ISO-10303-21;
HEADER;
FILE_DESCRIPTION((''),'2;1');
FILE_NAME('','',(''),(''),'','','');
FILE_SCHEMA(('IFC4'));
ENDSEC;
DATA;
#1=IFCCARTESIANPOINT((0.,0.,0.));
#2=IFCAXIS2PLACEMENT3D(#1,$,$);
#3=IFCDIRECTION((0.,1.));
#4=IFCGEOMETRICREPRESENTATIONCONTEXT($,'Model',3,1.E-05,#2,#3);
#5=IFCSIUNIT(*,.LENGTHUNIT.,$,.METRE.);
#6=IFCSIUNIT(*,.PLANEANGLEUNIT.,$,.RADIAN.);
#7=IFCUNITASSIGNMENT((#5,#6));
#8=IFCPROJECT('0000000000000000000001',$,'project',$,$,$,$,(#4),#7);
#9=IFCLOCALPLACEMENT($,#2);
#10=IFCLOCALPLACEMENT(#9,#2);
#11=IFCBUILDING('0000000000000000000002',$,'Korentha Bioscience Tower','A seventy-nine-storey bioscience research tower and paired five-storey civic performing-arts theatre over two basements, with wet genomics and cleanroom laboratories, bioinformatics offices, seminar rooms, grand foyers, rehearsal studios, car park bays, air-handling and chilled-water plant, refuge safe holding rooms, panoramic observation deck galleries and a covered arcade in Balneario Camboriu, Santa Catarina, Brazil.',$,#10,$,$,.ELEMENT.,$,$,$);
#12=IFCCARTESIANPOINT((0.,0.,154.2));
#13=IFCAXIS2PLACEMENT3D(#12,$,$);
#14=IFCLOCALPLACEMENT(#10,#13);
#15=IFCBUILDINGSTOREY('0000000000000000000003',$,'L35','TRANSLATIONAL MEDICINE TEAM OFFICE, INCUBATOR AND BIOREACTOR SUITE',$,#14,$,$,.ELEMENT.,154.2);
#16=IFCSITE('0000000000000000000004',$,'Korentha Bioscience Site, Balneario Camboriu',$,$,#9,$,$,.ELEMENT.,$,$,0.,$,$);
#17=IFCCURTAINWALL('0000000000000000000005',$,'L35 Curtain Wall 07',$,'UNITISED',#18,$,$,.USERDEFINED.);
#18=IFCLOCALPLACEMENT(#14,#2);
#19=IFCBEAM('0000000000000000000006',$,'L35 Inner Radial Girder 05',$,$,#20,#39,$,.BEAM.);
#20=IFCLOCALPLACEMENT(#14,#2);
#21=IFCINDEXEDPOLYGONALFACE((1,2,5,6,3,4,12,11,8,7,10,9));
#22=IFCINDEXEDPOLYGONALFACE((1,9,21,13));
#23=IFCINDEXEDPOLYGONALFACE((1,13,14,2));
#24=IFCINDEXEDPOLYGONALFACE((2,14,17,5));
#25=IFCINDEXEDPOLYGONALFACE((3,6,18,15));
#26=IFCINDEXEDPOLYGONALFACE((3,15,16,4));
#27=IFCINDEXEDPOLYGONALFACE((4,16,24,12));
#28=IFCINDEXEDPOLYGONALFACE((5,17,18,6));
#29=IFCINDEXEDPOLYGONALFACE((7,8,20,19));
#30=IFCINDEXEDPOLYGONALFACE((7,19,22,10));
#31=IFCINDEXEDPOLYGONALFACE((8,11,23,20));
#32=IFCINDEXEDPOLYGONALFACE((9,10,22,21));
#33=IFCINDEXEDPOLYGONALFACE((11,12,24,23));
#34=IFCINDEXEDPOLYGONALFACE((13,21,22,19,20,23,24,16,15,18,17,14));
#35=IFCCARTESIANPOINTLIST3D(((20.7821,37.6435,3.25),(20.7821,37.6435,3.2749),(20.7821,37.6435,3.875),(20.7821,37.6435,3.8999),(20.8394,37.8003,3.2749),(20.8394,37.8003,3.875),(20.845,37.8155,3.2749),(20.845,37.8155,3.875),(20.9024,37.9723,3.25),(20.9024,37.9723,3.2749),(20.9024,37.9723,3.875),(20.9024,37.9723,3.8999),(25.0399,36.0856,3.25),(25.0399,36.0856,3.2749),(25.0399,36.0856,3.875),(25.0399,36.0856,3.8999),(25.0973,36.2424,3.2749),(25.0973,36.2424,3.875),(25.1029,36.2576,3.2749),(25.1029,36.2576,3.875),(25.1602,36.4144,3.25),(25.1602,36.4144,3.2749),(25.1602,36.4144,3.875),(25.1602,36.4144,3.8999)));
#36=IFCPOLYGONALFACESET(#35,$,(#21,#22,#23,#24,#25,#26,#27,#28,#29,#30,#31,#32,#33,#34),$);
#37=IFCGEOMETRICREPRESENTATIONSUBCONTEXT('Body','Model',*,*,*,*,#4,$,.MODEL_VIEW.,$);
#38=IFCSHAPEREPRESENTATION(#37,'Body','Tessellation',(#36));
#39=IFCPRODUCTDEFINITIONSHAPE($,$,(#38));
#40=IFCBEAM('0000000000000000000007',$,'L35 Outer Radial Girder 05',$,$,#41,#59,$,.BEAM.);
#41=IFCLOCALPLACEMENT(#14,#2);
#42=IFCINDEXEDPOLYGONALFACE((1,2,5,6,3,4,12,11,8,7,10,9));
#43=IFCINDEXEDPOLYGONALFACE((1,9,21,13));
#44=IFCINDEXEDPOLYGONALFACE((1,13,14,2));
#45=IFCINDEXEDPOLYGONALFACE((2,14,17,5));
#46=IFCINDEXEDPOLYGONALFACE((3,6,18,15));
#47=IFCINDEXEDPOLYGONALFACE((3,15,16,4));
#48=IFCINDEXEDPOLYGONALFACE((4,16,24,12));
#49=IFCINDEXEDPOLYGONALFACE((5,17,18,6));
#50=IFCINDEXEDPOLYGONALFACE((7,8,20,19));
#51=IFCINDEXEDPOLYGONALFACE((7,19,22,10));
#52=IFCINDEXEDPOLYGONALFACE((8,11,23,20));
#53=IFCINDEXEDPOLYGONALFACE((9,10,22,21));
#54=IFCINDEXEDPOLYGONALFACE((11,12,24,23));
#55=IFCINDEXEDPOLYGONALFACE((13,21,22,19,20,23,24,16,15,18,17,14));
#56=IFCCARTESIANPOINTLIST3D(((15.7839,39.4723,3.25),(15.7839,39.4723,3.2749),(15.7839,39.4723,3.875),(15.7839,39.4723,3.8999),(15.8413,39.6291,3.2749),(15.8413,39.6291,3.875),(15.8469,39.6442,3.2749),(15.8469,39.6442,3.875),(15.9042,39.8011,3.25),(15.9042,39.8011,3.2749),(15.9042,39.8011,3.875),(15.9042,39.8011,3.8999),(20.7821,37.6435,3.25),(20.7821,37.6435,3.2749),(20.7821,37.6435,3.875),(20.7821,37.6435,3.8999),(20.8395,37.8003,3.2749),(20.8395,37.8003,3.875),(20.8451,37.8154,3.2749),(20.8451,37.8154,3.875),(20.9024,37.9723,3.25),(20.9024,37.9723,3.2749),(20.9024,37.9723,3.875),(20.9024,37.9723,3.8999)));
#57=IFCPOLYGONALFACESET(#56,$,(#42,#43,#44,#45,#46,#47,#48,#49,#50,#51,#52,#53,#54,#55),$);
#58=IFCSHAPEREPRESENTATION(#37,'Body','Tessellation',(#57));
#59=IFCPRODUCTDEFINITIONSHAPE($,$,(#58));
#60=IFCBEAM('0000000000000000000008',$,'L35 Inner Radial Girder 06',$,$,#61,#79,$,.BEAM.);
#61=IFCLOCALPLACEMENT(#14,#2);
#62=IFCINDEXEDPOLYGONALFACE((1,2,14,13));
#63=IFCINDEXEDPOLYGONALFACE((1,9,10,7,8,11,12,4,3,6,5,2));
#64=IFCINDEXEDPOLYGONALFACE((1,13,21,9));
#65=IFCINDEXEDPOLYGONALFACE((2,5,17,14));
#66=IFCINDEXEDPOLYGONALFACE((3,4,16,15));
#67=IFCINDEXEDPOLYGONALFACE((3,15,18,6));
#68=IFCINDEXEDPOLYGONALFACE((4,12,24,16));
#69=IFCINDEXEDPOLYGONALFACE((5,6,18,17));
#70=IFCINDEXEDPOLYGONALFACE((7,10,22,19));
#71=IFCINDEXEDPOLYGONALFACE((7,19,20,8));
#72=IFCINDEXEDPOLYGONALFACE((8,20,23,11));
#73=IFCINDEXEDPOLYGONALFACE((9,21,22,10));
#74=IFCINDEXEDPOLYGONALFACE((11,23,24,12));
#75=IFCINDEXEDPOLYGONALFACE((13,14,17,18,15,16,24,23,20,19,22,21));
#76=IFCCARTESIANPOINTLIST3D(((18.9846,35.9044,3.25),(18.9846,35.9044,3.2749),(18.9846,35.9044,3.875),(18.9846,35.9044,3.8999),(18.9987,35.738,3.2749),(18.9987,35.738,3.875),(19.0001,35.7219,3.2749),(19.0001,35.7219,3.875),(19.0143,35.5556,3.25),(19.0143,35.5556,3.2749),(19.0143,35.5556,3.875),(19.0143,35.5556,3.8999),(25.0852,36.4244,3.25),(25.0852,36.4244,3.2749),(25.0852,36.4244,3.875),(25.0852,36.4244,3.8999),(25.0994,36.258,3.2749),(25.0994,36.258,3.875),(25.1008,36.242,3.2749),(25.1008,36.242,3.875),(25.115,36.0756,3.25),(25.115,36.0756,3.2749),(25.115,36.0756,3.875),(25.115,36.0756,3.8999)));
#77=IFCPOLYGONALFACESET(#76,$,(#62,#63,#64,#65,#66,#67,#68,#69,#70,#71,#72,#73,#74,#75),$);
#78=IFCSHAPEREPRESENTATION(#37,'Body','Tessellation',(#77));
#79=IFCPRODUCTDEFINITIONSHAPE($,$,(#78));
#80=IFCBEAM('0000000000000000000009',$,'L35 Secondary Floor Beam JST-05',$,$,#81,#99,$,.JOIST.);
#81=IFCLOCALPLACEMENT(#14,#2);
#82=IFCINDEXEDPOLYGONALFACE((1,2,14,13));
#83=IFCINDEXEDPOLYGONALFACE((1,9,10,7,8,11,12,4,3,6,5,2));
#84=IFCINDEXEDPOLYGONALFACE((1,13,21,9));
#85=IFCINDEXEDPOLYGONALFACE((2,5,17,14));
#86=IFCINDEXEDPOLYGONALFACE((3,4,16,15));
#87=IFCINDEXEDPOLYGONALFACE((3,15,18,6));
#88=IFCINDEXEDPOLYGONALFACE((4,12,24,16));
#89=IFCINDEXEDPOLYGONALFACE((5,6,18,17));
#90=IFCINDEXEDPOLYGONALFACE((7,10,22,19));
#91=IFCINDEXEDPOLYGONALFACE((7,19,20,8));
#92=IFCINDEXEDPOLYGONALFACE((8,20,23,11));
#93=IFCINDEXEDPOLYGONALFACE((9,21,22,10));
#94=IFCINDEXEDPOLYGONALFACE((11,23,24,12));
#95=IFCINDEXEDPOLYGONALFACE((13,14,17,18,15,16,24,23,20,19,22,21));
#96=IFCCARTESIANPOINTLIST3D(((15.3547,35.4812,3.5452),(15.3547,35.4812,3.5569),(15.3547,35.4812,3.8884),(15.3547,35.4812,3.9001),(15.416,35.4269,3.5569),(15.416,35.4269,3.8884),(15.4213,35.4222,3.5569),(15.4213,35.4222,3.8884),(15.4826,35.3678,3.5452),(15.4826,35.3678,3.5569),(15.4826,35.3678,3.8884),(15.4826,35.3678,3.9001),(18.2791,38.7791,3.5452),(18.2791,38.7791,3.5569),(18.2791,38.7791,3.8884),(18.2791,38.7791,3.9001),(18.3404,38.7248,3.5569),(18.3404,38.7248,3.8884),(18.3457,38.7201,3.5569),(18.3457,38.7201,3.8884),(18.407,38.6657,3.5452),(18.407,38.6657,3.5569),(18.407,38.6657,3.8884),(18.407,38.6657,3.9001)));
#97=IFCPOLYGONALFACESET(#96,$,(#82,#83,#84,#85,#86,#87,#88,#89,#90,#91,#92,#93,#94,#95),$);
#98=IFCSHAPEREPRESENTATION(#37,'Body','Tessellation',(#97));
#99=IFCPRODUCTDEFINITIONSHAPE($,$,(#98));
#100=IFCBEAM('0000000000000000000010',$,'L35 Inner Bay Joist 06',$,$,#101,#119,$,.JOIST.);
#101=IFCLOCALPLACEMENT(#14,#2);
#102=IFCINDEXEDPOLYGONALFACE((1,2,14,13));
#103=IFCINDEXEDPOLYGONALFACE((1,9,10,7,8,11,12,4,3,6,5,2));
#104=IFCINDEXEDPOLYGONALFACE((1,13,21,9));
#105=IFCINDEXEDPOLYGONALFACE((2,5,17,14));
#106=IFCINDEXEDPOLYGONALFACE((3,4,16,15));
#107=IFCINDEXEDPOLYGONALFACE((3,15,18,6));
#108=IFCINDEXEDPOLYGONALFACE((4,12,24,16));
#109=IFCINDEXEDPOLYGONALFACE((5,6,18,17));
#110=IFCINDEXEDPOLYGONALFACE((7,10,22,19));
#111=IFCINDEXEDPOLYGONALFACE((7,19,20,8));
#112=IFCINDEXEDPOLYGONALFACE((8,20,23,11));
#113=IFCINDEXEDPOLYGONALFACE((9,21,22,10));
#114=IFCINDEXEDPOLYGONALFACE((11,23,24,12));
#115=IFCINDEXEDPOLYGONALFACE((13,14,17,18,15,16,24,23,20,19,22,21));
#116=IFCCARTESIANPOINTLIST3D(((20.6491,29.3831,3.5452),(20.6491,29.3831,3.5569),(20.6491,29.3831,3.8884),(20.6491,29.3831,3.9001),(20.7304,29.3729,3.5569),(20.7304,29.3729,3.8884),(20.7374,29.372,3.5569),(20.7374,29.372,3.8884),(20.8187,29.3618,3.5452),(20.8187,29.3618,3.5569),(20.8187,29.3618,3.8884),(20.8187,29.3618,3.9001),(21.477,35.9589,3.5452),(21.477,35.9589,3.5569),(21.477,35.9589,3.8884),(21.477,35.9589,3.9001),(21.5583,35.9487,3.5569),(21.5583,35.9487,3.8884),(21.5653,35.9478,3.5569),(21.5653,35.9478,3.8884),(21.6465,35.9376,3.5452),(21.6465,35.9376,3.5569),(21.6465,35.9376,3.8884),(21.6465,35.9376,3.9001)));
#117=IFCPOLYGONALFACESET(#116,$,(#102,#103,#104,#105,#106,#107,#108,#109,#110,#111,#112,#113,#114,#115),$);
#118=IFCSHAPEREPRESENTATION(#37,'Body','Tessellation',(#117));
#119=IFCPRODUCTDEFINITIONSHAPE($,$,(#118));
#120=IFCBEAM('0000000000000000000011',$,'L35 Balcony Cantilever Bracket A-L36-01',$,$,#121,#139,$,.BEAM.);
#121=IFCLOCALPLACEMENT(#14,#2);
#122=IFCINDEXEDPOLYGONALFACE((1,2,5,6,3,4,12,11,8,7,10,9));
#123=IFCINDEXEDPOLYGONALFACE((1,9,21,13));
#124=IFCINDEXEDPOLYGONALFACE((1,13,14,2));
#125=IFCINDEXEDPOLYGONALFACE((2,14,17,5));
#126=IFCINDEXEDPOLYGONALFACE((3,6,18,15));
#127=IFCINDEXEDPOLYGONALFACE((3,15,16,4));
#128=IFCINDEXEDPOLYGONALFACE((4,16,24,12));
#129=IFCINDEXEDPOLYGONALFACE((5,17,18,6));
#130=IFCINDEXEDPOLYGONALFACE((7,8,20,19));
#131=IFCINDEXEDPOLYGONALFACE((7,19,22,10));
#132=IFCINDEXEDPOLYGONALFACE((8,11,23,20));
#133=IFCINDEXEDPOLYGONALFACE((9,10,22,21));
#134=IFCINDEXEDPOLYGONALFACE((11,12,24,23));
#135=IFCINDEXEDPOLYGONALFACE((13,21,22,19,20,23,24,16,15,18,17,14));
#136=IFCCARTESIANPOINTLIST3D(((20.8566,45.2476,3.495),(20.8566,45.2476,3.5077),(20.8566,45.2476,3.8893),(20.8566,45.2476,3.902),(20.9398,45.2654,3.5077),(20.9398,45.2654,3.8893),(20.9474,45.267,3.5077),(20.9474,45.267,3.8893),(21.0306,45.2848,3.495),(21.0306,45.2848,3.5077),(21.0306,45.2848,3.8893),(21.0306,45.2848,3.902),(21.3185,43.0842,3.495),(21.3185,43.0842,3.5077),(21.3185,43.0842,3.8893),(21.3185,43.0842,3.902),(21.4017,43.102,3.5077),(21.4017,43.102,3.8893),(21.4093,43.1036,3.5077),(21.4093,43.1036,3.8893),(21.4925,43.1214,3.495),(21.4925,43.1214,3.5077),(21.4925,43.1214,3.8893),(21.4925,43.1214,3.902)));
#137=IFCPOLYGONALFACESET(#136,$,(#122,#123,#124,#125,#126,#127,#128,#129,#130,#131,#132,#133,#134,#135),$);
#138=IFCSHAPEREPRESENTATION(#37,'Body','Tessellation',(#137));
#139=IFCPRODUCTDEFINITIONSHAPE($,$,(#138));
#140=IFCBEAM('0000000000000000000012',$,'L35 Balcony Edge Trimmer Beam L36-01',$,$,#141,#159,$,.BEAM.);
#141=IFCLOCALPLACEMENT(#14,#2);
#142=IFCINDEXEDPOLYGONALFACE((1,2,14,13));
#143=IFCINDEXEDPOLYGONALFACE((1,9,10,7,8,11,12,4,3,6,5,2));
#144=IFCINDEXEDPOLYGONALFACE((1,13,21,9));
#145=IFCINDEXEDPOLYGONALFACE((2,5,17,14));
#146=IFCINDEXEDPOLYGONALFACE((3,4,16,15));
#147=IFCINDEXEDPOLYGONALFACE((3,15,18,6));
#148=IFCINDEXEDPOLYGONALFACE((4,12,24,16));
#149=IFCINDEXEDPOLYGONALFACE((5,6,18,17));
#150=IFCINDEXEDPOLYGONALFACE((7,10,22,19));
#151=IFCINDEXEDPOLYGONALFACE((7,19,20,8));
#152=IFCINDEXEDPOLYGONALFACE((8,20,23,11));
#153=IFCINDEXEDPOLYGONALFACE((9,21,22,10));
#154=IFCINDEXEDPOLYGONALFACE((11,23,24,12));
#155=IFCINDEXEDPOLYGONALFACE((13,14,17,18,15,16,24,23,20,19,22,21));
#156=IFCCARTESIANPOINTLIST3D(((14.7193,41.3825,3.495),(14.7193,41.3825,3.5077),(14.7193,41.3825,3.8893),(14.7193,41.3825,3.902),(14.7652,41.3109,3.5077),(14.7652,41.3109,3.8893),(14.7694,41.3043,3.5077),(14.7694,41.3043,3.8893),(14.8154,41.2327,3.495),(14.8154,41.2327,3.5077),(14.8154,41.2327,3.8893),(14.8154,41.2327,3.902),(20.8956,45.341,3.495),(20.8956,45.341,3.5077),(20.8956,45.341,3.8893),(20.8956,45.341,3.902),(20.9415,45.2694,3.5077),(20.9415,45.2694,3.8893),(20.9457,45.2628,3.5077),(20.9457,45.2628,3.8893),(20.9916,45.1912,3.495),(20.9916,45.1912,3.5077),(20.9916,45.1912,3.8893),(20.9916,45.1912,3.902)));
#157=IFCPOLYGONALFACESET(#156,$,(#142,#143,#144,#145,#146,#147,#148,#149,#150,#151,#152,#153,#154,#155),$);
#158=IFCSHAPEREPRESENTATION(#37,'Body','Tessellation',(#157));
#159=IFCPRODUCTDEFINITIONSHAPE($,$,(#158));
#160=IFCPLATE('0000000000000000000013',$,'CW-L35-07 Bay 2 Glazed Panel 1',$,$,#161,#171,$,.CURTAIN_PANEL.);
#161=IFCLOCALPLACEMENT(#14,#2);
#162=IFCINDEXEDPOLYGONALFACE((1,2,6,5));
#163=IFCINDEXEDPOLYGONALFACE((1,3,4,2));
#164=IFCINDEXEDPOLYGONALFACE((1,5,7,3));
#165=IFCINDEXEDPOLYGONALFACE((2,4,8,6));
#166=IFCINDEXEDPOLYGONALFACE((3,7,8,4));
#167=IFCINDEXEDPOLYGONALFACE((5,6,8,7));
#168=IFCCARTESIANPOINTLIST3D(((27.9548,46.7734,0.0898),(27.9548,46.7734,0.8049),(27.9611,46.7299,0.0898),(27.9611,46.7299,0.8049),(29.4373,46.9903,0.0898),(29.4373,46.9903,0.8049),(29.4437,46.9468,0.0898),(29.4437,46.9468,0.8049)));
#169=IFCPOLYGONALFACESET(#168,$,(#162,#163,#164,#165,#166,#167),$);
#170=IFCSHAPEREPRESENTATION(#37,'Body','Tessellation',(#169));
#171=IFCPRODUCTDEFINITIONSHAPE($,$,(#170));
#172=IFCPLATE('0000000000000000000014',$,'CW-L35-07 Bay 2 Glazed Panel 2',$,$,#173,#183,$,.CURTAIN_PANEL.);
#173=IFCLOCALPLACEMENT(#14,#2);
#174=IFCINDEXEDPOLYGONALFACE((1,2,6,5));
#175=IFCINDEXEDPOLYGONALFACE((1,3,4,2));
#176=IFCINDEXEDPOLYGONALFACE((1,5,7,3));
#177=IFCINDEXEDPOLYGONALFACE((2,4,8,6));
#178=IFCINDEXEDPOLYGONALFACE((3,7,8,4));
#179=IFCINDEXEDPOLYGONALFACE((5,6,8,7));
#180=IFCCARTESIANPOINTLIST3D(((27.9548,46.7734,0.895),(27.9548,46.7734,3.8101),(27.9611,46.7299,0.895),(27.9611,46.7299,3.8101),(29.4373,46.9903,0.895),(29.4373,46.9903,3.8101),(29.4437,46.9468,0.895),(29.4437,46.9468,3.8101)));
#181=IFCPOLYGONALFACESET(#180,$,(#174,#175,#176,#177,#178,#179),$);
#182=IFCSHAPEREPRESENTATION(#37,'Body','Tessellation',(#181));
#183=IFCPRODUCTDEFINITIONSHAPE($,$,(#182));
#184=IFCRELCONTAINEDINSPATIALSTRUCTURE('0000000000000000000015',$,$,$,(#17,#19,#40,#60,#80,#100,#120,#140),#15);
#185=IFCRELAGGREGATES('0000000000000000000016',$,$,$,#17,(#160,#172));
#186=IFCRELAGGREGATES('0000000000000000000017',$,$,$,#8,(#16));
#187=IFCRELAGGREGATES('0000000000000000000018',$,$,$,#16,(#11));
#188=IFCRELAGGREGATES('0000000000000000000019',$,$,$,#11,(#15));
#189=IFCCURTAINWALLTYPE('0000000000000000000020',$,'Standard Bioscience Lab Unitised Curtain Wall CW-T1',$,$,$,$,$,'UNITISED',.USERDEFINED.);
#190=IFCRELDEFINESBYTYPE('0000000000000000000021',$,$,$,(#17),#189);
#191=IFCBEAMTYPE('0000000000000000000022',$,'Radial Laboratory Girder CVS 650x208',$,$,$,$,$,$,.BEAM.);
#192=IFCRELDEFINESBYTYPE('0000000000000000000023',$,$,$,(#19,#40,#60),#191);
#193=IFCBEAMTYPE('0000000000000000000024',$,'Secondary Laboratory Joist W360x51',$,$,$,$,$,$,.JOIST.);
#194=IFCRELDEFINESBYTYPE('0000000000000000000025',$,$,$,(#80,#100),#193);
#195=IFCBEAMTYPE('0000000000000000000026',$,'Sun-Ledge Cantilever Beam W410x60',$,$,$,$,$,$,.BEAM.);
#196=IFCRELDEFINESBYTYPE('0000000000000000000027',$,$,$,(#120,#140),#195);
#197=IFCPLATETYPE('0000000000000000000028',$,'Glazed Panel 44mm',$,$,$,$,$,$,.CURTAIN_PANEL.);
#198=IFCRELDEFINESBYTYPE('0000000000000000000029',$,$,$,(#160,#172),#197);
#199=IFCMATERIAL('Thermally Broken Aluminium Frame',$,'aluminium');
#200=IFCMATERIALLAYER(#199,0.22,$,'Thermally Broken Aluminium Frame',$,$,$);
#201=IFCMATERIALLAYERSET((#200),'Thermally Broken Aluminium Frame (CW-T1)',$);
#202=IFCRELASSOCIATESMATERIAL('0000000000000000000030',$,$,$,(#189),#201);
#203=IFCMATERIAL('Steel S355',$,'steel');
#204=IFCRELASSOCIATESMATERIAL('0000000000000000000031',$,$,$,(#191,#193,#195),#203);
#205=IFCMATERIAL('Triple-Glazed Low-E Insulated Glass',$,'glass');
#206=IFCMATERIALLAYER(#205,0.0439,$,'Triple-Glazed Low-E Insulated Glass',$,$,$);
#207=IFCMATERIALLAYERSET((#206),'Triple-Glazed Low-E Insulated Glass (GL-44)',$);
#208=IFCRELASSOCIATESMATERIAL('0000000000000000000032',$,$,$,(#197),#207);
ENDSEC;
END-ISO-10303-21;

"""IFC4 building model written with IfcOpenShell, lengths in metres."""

from ifc_helpers import new_model, si_unit, direction, frame, origin, origin_2d, place, context, subcontext, project, spatial, rectangle, i_section, extrude, material, layer, layer_set, material_profile, profile_set, type_object, element, aggregate, save


model = new_model("IFC4")

# Units and contexts
model_context = context("Model", 3, precision=1e-05, world=origin(), true_north=direction((0.0, 1.0)))
body_context = subcontext(model_context, "Body", "Model", "MODEL_VIEW")
ifc_project = project(units=[si_unit("LENGTHUNIT", "METRE"), si_unit("PLANEANGLEUNIT", "RADIAN")], contexts=[model_context])

# Site, building, storey
site_placement = place(None, origin())
site = spatial("IfcSite", under=ifc_project, at=site_placement, Name="Korentha Bioscience Site, Balneario Camboriu", CompositionType="ELEMENT", RefElevation=0.0)
building_placement = place(site_placement, origin())
building = spatial("IfcBuilding", under=site, at=building_placement, Name="Korentha Bioscience Tower", Description="A seventy-nine-storey bioscience research tower and paired five-storey civic performing-arts theatre over two basements, with wet genomics and cleanroom laboratories, bioinformatics offices, seminar rooms, grand foyers, rehearsal studios, car park bays, air-handling and chilled-water plant, refuge safe holding rooms, panoramic observation deck galleries and a covered arcade in Balneario Camboriu, Santa Catarina, Brazil.", CompositionType="ELEMENT")
storey_placement = place(building_placement, frame((0.0, 0.0, 154.2)))
storey = spatial("IfcBuildingStorey", under=building, at=storey_placement, Name="L35", Description="TRANSLATIONAL MEDICINE TEAM OFFICE, INCUBATOR AND BIOREACTOR SUITE", CompositionType="ELEMENT", Elevation=154.2)

# Shared definitions
ifc_material_1 = material(Name="Steel S355", Category="steel")

# Curtain wall
ifc_material_2 = material(Name="Thermally Broken Aluminium Frame", Category="aluminium")
ifc_layer_1 = layer(ifc_material_2, 0.22, Name="Thermally Broken Aluminium Frame")
ifc_layer_set_1 = layer_set([ifc_layer_1], Name="Thermally Broken Aluminium Frame (CW-T1)")
curtain_wall_type = type_object("IfcCurtainWallType", Name="Standard Bioscience Lab Unitised Curtain Wall CW-T1", ElementType="UNITISED", PredefinedType="USERDEFINED", material=ifc_layer_set_1)
curtain_wall_placement = place(storey_placement, origin())
curtain_wall = element("IfcCurtainWall", 1, at=curtain_wall_placement, inside=storey, type_object=curtain_wall_type, Name="L35 Curtain Wall 07", ObjectType="UNITISED", PredefinedType="USERDEFINED")

# Beams
ifc_material_profile_1 = material_profile(ifc_material_1, i_section(OverallWidth=0.3501, OverallDepth=0.6499, WebThickness=0.0161, FlangeThickness=0.0249, at=origin_2d()), Name="Steel S355")
ifc_profile_set_1 = profile_set([ifc_material_profile_1], Name="Steel S355 (RB-650)")
beam_type_1 = type_object("IfcBeamType", Name="Radial Laboratory Girder CVS 650x208", PredefinedType="BEAM", material=ifc_profile_set_1)
beam_1_placement = place(storey_placement, frame((25.1001, 36.25, 3.575), z_axis=(-0.939114, 0.343606, 0.0), x_axis=(-0.343606, -0.939114, 0.0)))
element("IfcBeam", 2, at=beam_1_placement, inside=storey, type_object=beam_type_1, Name="L35 Inner Radial Girder 05", PredefinedType="BEAM", context=body_context, shape_type="SweptSolid", body=[
    extrude(i_section(OverallWidth=0.3501, OverallDepth=0.6499, WebThickness=0.0161, FlangeThickness=0.0249, at=origin_2d()), origin(), (0.0, 0.0, 1.0), 4.5339),
])
beam_2_placement = place(storey_placement, frame((20.8423, 37.8079, 3.575), z_axis=(-0.93911, 0.343617, 0.0), x_axis=(-0.343617, -0.93911, 0.0)))
element("IfcBeam", 3, at=beam_2_placement, inside=storey, type_object=beam_type_1, Name="L35 Outer Radial Girder 05", PredefinedType="BEAM", context=body_context, shape_type="SweptSolid", body=[
    extrude(i_section(OverallWidth=0.3501, OverallDepth=0.6499, WebThickness=0.0161, FlangeThickness=0.0249, at=origin_2d()), origin(), (0.0, 0.0, 1.0), 5.3223),
])
beam_3_placement = place(storey_placement, frame((25.1001, 36.25, 3.575), z_axis=(-0.996387, -0.084933, 0.0), x_axis=(0.084933, -0.996387, 0.0)))
element("IfcBeam", 4, at=beam_3_placement, inside=storey, type_object=beam_type_1, Name="L35 Inner Radial Girder 06", PredefinedType="BEAM", context=body_context, shape_type="SweptSolid", body=[
    extrude(i_section(OverallWidth=0.3501, OverallDepth=0.6499, WebThickness=0.0161, FlangeThickness=0.0249, at=origin_2d()), origin(), (0.0, 0.0, 1.0), 6.1228),
])
ifc_material_profile_2 = material_profile(ifc_material_1, i_section(OverallWidth=0.1709, OverallDepth=0.355, WebThickness=0.0071, FlangeThickness=0.0117, at=origin_2d()), Name="Steel S355")
ifc_profile_set_2 = profile_set([ifc_material_profile_2], Name="Steel S355 (JB-360)")
beam_type_2 = type_object("IfcBeamType", Name="Secondary Laboratory Joist W360x51", PredefinedType="JOIST", material=ifc_profile_set_2)
beam_4_placement = place(storey_placement, frame((18.343, 38.7224, 3.7227), z_axis=(-0.663463, -0.748209, 0.0), x_axis=(0.748209, -0.663463, 0.0)))
element("IfcBeam", 5, at=beam_4_placement, inside=storey, type_object=beam_type_2, Name="L35 Secondary Floor Beam JST-05", PredefinedType="JOIST", context=body_context, shape_type="SweptSolid", body=[
    extrude(i_section(OverallWidth=0.1709, OverallDepth=0.355, WebThickness=0.0071, FlangeThickness=0.0117, at=origin_2d()), origin(), (0.0, 0.0, 1.0), 4.4077),
])
beam_5_placement = place(storey_placement, frame((21.5618, 35.9482, 3.7227), z_axis=(-0.124914, -0.992168, 0.0), x_axis=(0.992168, -0.124914, 0.0)))
element("IfcBeam", 6, at=beam_5_placement, inside=storey, type_object=beam_type_2, Name="L35 Inner Bay Joist 06", PredefinedType="JOIST", context=body_context, shape_type="SweptSolid", body=[
    extrude(i_section(OverallWidth=0.1709, OverallDepth=0.355, WebThickness=0.0071, FlangeThickness=0.0117, at=origin_2d()), origin(), (0.0, 0.0, 1.0), 6.6277),
])
ifc_material_profile_3 = material_profile(ifc_material_1, i_section(OverallWidth=0.178, OverallDepth=0.407, WebThickness=0.0078, FlangeThickness=0.0127, at=origin_2d()), Name="Steel S355")
ifc_profile_set_3 = profile_set([ifc_material_profile_3], Name="Steel S355 (CB-410)")
beam_type_3 = type_object("IfcBeamType", Name="Sun-Ledge Cantilever Beam W410x60", PredefinedType="BEAM", material=ifc_profile_set_3)
beam_6_placement = place(storey_placement, frame((21.4055, 43.1028, 3.6985), z_axis=(-0.208813, 0.977956, 0.0), x_axis=(-0.977956, -0.208813, 0.0)))
element("IfcBeam", 7, at=beam_6_placement, inside=storey, type_object=beam_type_3, Name="L35 Balcony Cantilever Bracket A-L36-01", PredefinedType="BEAM", context=body_context, shape_type="SweptSolid", body=[
    extrude(i_section(OverallWidth=0.178, OverallDepth=0.407, WebThickness=0.0078, FlangeThickness=0.0127, at=origin_2d()), origin(), (0.0, 0.0, 1.0), 2.2122),
])
beam_7_placement = place(storey_placement, frame((20.9436, 45.2661, 3.6985), z_axis=(-0.841919, -0.539603, 0.0), x_axis=(0.539603, -0.841919, 0.0)))
element("IfcBeam", 8, at=beam_7_placement, inside=storey, type_object=beam_type_3, Name="L35 Balcony Edge Trimmer Beam L36-01", PredefinedType="BEAM", context=body_context, shape_type="SweptSolid", body=[
    extrude(i_section(OverallWidth=0.178, OverallDepth=0.407, WebThickness=0.0078, FlangeThickness=0.0127, at=origin_2d()), origin(), (0.0, 0.0, 1.0), 7.3359),
])

# Plates
ifc_material_3 = material(Name="Triple-Glazed Low-E Insulated Glass", Category="glass")
ifc_layer_2 = layer(ifc_material_3, 0.0439, Name="Triple-Glazed Low-E Insulated Glass")
ifc_layer_set_2 = layer_set([ifc_layer_2], Name="Triple-Glazed Low-E Insulated Glass (GL-44)")
plate_type = type_object("IfcPlateType", Name="Glazed Panel 44mm", PredefinedType="CURTAIN_PANEL", material=ifc_layer_set_2)
plate_1_placement = place(storey_placement, frame((28.6992, 46.8601, 0.0898), z_axis=(0.0, 0.0, 1.0), x_axis=(-0.989462, -0.144793, 0.0)))
plate_1 = element("IfcPlate", 9, at=plate_1_placement, type_object=plate_type, Name="CW-L35-07 Bay 2 Glazed Panel 1", PredefinedType="CURTAIN_PANEL", context=body_context, shape_type="SweptSolid", body=[
    extrude(rectangle(XDim=1.4983, YDim=0.0439, at=origin_2d()), origin(), (0.0, 0.0, 1.0), 0.7151),
])
plate_2_placement = place(storey_placement, frame((28.6992, 46.8601, 0.895), z_axis=(0.0, 0.0, 1.0), x_axis=(-0.989462, -0.144793, 0.0)))
plate_2 = element("IfcPlate", 10, at=plate_2_placement, type_object=plate_type, Name="CW-L35-07 Bay 2 Glazed Panel 2", PredefinedType="CURTAIN_PANEL", context=body_context, shape_type="SweptSolid", body=[
    extrude(rectangle(XDim=1.4983, YDim=0.0439, at=origin_2d()), origin(), (0.0, 0.0, 1.0), 2.915),
])
aggregate(curtain_wall, [plate_1, plate_2])

save(model, "model.ifc")
